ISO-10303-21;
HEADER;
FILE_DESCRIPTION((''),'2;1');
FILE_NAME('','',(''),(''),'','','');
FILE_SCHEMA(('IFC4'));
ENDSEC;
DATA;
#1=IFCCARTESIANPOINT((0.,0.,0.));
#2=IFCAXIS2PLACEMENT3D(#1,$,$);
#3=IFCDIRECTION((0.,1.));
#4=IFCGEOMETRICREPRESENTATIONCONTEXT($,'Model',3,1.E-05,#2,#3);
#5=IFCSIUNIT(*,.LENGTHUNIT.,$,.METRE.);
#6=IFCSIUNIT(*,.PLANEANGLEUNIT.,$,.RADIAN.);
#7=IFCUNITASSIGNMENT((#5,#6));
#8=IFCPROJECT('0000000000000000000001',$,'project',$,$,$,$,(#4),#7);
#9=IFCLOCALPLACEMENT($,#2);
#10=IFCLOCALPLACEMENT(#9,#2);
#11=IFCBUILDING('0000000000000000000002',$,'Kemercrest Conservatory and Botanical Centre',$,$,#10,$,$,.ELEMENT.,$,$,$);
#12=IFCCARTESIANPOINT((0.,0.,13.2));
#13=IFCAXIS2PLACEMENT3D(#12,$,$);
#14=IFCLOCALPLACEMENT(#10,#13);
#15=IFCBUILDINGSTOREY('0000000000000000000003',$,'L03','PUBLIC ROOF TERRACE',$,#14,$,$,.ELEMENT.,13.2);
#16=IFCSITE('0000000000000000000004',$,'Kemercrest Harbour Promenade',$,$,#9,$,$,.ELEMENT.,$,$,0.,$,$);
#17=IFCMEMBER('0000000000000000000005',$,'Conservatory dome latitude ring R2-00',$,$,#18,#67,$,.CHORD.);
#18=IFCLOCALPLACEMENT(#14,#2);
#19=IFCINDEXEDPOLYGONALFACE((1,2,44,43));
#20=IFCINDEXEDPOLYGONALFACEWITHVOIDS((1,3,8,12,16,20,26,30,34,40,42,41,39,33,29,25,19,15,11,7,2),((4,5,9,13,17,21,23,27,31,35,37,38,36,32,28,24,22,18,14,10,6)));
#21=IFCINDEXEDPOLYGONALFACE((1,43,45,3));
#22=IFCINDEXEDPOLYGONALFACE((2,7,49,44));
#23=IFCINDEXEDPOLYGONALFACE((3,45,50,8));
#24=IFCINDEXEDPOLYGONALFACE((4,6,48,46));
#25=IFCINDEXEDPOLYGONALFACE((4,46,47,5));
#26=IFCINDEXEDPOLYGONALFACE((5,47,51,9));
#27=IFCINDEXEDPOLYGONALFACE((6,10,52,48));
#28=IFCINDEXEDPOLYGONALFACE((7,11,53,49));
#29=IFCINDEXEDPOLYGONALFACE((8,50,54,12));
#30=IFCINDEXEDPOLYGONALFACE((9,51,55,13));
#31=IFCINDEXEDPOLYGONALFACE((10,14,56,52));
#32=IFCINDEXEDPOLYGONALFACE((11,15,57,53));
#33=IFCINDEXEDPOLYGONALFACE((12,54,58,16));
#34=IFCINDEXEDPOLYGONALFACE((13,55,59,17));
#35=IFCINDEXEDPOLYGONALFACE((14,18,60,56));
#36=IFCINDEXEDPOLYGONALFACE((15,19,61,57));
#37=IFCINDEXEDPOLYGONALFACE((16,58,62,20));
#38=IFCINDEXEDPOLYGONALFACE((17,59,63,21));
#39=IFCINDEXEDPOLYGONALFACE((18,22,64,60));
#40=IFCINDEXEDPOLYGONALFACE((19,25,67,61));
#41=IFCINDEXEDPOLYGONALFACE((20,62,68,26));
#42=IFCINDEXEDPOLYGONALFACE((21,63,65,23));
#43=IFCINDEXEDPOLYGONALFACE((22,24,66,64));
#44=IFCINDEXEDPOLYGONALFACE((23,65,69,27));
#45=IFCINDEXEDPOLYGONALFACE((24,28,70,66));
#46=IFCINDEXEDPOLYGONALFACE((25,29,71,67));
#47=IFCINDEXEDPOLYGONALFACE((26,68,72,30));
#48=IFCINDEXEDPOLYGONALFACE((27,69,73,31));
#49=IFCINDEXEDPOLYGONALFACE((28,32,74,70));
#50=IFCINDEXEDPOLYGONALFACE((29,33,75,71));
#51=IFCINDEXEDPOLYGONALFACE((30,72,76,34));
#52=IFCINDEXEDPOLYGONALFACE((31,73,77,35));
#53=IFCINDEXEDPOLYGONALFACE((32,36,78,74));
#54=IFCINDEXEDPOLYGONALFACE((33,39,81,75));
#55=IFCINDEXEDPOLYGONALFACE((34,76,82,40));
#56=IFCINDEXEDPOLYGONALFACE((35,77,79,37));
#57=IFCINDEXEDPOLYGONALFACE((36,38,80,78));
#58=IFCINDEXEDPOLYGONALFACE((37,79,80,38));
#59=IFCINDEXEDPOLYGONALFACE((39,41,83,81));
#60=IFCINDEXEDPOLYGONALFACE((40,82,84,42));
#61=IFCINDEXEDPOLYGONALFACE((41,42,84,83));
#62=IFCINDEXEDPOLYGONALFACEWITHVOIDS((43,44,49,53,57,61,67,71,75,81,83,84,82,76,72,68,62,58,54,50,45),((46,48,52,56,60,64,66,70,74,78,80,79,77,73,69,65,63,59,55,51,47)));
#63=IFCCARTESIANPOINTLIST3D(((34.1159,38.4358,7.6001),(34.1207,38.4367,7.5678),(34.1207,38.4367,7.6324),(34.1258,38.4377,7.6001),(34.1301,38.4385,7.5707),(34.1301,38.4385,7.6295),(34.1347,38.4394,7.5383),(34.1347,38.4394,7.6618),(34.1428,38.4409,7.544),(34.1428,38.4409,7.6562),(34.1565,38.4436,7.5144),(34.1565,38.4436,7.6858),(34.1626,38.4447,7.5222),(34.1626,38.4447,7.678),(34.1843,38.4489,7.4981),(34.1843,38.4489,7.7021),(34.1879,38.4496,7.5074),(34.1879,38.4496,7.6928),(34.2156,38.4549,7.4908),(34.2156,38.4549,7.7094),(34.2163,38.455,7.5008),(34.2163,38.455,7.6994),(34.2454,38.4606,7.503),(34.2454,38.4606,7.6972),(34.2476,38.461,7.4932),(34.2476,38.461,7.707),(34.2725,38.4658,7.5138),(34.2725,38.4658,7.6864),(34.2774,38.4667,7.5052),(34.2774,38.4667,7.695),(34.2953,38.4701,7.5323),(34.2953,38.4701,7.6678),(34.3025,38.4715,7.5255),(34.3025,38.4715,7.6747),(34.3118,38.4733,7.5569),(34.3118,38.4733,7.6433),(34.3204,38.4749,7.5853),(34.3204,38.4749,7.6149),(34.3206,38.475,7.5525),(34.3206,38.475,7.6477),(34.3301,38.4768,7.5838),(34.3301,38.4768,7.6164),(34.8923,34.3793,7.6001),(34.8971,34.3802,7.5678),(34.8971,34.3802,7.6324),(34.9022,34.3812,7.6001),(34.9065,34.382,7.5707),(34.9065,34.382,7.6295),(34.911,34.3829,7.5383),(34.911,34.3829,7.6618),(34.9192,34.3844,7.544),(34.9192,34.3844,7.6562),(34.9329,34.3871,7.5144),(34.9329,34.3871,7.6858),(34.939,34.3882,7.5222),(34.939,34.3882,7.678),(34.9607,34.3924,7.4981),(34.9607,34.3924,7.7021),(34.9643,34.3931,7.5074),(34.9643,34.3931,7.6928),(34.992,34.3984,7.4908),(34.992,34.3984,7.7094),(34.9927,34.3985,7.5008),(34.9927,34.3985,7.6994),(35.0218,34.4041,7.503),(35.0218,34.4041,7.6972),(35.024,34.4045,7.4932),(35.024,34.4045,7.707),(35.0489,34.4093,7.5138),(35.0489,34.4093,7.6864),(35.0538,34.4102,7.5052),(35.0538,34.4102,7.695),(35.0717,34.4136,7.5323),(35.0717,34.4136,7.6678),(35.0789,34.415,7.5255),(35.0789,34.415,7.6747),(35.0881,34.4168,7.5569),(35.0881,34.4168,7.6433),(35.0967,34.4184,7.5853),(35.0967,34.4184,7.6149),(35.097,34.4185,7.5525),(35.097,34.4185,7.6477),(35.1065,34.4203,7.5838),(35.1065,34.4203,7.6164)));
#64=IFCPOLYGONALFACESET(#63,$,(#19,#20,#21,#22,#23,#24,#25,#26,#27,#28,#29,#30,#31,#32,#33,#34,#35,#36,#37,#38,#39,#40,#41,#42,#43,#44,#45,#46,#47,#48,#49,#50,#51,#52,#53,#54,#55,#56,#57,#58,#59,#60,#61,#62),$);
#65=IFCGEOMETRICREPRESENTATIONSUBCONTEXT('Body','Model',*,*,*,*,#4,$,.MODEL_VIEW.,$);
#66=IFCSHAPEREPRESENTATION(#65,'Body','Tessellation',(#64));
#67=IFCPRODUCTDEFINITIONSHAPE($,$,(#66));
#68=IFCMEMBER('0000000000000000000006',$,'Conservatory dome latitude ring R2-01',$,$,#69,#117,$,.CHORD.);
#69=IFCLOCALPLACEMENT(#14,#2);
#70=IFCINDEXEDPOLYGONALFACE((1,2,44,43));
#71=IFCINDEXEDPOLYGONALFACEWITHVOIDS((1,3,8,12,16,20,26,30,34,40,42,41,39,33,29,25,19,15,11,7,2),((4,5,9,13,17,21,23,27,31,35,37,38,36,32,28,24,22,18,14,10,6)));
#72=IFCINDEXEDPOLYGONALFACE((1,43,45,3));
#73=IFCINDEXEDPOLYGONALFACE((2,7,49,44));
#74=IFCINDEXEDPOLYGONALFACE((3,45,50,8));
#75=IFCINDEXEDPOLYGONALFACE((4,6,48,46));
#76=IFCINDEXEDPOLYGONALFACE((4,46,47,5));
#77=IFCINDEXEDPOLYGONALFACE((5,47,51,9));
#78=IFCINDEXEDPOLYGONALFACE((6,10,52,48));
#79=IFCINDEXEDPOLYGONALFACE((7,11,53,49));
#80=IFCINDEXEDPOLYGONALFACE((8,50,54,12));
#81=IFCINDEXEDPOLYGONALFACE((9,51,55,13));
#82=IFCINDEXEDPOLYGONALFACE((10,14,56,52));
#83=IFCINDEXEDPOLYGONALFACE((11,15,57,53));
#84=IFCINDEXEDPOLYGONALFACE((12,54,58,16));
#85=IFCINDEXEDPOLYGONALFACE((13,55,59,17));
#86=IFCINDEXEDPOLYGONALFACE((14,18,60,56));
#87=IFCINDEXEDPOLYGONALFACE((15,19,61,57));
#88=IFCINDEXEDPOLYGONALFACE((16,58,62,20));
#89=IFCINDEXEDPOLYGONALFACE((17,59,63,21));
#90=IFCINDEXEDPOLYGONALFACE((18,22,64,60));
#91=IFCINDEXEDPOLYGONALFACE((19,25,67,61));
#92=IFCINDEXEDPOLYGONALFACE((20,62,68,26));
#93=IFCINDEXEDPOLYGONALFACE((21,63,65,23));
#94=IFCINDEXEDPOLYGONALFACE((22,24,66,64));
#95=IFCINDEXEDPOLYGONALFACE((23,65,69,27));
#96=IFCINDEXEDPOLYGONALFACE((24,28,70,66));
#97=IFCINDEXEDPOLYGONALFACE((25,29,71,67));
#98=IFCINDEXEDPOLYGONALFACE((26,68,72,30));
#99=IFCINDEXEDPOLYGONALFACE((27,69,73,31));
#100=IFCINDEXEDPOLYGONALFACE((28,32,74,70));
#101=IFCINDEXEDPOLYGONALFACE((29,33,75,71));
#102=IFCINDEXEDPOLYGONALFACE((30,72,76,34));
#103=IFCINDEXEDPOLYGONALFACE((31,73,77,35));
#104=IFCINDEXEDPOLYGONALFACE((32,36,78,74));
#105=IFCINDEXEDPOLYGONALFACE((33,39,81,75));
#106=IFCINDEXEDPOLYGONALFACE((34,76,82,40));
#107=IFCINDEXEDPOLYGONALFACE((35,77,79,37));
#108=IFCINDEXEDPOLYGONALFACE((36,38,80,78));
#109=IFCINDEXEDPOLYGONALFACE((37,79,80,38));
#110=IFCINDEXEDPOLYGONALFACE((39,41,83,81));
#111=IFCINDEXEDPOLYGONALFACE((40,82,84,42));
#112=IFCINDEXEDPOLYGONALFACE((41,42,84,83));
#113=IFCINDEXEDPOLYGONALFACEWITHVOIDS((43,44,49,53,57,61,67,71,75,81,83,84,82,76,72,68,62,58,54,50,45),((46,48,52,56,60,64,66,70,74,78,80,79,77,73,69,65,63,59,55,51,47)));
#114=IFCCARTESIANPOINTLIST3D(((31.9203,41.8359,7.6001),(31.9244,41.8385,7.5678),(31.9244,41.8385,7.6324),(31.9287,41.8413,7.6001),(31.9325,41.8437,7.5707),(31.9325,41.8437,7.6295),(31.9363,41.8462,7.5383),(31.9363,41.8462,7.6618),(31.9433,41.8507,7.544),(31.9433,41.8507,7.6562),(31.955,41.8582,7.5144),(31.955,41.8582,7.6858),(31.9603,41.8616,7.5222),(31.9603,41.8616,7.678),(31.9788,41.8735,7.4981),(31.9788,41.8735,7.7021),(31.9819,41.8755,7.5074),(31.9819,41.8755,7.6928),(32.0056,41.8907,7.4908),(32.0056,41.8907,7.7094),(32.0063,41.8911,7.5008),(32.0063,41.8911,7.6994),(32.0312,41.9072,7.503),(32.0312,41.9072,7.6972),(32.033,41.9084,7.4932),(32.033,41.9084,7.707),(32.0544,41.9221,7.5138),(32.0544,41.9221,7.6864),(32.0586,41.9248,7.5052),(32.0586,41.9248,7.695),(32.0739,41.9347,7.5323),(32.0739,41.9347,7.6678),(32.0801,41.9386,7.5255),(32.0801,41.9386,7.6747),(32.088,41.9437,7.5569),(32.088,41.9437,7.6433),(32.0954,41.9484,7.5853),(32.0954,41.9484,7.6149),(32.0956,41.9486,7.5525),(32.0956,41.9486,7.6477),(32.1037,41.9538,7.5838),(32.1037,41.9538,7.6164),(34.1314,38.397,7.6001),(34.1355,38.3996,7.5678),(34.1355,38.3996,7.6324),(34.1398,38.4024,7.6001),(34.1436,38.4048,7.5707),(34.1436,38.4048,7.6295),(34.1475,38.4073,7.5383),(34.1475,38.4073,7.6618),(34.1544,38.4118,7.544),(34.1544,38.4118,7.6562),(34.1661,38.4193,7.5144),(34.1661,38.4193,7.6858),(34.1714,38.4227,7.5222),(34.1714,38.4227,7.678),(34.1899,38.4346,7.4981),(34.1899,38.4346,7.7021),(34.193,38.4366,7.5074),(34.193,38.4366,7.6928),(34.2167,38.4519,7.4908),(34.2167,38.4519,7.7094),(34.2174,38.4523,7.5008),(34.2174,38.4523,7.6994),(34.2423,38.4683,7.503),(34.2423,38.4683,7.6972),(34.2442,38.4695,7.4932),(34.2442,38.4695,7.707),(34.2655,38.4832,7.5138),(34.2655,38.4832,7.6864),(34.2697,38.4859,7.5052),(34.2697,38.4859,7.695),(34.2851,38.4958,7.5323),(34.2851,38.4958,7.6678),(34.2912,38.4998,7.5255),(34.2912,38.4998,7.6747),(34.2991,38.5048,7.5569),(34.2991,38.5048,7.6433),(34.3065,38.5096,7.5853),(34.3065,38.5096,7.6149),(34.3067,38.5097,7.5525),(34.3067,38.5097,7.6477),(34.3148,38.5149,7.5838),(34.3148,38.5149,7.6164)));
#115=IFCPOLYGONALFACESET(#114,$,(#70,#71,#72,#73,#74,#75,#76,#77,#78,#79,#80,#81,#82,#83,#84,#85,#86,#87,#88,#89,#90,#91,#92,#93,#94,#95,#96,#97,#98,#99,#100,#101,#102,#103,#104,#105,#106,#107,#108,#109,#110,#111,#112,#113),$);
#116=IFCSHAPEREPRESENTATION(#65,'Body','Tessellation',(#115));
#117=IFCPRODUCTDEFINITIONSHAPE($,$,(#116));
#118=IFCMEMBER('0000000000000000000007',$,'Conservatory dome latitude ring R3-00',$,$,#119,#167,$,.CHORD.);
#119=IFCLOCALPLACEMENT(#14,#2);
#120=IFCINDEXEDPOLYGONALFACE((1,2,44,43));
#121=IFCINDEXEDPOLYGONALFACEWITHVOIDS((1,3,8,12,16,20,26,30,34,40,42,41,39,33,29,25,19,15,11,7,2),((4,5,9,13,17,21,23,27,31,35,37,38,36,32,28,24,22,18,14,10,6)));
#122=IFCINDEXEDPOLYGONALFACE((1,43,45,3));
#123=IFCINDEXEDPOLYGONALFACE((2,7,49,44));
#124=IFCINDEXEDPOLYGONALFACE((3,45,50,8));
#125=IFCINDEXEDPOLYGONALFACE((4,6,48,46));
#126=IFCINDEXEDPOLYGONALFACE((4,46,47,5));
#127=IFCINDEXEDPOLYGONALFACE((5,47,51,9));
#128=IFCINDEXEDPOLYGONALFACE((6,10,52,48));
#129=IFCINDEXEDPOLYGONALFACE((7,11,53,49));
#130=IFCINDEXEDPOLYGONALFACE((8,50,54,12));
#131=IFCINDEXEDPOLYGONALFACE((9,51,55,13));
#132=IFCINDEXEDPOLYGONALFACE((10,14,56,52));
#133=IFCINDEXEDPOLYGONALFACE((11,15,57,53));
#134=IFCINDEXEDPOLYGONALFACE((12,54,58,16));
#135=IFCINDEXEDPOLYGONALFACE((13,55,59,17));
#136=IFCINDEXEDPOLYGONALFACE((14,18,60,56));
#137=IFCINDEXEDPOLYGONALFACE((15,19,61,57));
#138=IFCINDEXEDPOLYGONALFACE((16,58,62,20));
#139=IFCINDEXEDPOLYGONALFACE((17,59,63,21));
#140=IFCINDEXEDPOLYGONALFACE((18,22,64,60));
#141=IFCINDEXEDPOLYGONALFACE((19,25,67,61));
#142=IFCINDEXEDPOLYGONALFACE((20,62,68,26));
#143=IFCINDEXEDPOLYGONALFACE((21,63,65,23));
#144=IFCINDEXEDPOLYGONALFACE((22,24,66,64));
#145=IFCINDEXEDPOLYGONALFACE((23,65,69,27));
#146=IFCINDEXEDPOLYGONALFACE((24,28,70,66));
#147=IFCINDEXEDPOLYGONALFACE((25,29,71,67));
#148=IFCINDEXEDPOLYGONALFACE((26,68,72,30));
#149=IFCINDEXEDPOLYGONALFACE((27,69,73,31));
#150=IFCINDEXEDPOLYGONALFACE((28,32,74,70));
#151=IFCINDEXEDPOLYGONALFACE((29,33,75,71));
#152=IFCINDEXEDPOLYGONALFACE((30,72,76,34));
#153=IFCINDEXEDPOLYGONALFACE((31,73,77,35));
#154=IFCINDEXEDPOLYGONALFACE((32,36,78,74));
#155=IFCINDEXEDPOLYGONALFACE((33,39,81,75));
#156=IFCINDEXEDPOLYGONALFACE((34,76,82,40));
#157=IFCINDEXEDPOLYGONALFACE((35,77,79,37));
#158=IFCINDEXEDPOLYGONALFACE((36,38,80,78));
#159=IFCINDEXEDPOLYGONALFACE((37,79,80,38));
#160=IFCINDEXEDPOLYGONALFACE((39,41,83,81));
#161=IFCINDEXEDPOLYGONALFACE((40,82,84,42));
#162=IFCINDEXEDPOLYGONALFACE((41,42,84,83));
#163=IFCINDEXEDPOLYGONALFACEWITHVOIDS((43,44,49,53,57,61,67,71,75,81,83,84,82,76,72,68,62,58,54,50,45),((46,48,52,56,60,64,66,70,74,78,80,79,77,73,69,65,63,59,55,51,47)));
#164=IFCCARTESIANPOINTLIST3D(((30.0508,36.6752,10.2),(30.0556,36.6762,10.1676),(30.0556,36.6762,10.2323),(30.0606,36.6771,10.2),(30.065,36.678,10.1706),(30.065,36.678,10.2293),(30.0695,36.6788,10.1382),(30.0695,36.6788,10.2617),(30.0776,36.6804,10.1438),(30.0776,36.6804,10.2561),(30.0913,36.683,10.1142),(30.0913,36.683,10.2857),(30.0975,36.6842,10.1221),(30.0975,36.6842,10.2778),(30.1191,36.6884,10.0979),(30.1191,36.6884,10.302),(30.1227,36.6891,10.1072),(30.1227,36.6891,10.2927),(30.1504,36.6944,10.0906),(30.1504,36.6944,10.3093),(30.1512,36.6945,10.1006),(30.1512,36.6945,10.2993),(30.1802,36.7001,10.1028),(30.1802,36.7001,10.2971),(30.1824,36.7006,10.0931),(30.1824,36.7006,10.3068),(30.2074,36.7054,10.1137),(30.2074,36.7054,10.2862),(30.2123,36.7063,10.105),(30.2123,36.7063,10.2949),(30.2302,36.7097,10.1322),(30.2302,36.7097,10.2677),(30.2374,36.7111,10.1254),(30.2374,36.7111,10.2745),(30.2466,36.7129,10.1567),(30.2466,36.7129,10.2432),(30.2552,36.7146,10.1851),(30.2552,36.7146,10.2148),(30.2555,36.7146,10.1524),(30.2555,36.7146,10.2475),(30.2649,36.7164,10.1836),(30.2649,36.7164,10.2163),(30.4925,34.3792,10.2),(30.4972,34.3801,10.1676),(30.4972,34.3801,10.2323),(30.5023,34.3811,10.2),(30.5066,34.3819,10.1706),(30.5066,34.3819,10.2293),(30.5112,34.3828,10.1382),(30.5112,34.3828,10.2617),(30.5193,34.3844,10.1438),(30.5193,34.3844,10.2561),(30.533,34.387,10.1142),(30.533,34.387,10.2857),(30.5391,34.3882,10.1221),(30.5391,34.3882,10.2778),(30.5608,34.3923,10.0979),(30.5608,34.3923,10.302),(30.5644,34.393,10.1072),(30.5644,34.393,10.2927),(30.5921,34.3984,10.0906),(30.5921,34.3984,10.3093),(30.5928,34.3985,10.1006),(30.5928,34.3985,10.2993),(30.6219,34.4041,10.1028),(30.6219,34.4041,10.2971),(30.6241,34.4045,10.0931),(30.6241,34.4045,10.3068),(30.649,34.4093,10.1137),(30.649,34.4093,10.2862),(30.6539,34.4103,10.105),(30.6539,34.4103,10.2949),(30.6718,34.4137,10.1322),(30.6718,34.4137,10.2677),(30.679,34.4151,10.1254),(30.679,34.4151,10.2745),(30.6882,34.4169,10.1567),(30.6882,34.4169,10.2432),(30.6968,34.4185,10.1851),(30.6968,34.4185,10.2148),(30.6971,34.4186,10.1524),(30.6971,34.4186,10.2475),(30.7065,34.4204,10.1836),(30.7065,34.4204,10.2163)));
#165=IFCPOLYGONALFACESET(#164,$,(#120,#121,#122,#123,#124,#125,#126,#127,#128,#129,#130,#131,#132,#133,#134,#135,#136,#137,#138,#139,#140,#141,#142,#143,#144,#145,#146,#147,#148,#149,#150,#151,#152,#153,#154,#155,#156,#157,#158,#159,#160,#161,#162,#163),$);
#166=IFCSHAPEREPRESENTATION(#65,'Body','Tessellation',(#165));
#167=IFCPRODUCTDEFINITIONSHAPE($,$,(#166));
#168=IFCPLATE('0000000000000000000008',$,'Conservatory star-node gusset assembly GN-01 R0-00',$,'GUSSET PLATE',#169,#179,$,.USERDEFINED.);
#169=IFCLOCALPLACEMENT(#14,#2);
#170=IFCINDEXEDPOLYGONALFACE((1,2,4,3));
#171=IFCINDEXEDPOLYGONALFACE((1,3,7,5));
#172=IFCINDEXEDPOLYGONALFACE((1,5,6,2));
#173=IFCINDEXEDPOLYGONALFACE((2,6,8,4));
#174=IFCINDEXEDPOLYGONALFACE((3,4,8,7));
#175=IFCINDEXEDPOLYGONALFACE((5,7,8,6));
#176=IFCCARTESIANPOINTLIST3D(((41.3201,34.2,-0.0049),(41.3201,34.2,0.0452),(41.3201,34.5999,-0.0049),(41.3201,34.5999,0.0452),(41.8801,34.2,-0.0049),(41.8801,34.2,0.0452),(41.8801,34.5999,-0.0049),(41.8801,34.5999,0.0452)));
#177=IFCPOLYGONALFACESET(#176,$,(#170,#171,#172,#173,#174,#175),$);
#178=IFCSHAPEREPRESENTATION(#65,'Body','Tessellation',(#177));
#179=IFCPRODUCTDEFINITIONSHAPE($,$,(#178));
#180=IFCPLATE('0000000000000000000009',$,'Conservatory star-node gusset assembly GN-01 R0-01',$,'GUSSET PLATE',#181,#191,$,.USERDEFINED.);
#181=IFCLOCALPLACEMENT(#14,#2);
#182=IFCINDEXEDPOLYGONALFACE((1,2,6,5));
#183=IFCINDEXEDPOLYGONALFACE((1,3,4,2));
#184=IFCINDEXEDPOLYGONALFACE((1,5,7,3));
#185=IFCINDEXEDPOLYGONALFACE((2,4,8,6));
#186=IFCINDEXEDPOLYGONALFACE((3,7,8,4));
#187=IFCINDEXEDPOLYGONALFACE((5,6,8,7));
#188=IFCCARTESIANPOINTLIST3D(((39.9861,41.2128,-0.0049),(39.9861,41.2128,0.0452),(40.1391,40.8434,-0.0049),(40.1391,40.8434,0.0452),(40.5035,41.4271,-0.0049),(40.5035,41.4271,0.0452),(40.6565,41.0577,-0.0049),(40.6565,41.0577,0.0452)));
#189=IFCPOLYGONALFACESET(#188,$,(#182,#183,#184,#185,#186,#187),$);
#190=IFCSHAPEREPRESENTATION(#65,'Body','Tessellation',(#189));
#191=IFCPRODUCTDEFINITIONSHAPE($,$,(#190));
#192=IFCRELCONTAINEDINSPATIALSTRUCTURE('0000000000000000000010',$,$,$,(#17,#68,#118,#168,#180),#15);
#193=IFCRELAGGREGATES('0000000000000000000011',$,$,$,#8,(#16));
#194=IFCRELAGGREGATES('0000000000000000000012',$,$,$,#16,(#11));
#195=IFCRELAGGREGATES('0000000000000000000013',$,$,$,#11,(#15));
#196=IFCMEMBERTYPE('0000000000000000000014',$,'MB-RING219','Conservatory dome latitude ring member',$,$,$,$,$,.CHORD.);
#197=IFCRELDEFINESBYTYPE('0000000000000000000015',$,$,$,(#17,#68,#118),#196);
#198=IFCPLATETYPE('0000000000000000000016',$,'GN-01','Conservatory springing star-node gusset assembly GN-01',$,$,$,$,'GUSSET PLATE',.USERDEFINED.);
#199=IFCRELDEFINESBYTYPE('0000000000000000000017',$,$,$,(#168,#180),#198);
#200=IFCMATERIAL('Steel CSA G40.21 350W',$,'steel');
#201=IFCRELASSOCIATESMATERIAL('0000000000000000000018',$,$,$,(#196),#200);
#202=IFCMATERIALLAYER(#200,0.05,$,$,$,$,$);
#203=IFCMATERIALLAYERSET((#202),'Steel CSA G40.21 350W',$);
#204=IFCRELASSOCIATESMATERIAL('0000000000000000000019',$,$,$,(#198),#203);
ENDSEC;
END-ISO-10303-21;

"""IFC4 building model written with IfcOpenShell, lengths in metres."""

from ifc_helpers import new_model, si_unit, direction, frame, origin, origin_2d, place, context, subcontext, project, spatial, rectangle, hollow_circle, extrude, material, layer, layer_set, material_profile, profile_set, type_object, element, save


model = new_model("IFC4")

# Units and contexts
model_context = context("Model", 3, precision=1e-05, world=origin(), true_north=direction((0.0, 1.0)))
body_context = subcontext(model_context, "Body", "Model", "MODEL_VIEW")
ifc_project = project(units=[si_unit("LENGTHUNIT", "METRE"), si_unit("PLANEANGLEUNIT", "RADIAN")], contexts=[model_context])

# Site, building, storey
site_placement = place(None, origin())
site = spatial("IfcSite", under=ifc_project, at=site_placement, Name="Kemercrest Harbour Promenade", CompositionType="ELEMENT", RefElevation=0.0)
building_placement = place(site_placement, origin())
building = spatial("IfcBuilding", under=site, at=building_placement, Name="Kemercrest Conservatory and Botanical Centre", CompositionType="ELEMENT")
storey_placement = place(building_placement, frame((0.0, 0.0, 13.2)))
storey = spatial("IfcBuildingStorey", under=building, at=storey_placement, Name="L03", Description="PUBLIC ROOF TERRACE", CompositionType="ELEMENT", Elevation=13.2)

# Shared definitions
ifc_material_1 = material(Name="Steel CSA G40.21 350W", Category="steel")

# Members
ifc_material_profile_1 = material_profile(ifc_material_1, hollow_circle(Radius=0.1096, WallThickness=0.01, at=origin_2d()), Name="CHS 219.1x10.0")
ifc_profile_set_1 = profile_set([ifc_material_profile_1], Name="Steel CSA G40.21 350W")
member_type_1 = type_object("IfcMemberType", Name="MB-RING219", Description="Conservatory dome latitude ring member", PredefinedType="CHORD", material=ifc_profile_set_1)
member_1_placement = place(storey_placement, frame((35.0, 34.3999, 7.6001), z_axis=(-0.187981, 0.982173, 0.0), x_axis=(-0.982173, -0.187981, 0.0)))
element("IfcMember", 1, at=member_1_placement, inside=storey, type_object=member_type_1, Name="Conservatory dome latitude ring R2-00", PredefinedType="CHORD", context=body_context, shape_type="SweptSolid", body=[
    extrude(hollow_circle(Radius=0.1096, WallThickness=0.01, at=origin_2d()), origin(), (0.0, 0.0, 1.0), 4.1301),
])
member_2_placement = place(storey_placement, frame((34.2236, 38.4563, 7.6001), z_axis=(-0.54083, 0.841132, 0.0), x_axis=(-0.841132, -0.54083, 0.0)))
element("IfcMember", 2, at=member_2_placement, inside=storey, type_object=member_type_1, Name="Conservatory dome latitude ring R2-01", PredefinedType="CHORD", context=body_context, shape_type="SweptSolid", body=[
    extrude(hollow_circle(Radius=0.1096, WallThickness=0.01, at=origin_2d()), origin(), (0.0, 0.0, 1.0), 4.0884),
])
member_3_placement = place(storey_placement, frame((30.6001, 34.3999, 10.2), z_axis=(-0.188882, 0.982, 0.0), x_axis=(-0.982, -0.188882, 0.0)))
element("IfcMember", 3, at=member_3_placement, inside=storey, type_object=member_type_1, Name="Conservatory dome latitude ring R3-00", PredefinedType="CHORD", context=body_context, shape_type="SweptSolid", body=[
    extrude(hollow_circle(Radius=0.1096, WallThickness=0.01, at=origin_2d()), origin(), (0.0, 0.0, 1.0), 2.3381),
])

# Plates
ifc_layer_1 = layer(ifc_material_1, 0.05)
ifc_layer_set_1 = layer_set([ifc_layer_1], Name="Steel CSA G40.21 350W")
plate_type_1 = type_object("IfcPlateType", Name="GN-01", Description="Conservatory springing star-node gusset assembly GN-01", ElementType="GUSSET PLATE", PredefinedType="USERDEFINED", material=ifc_layer_set_1)
for number, where, z_axis, x_axis, name in (
    (4, (41.6001, 34.3999, -0.0049), (0.0, 0.0, 1.0), (1.0, 0.0, 0.0), "Conservatory star-node gusset assembly GN-01 R0-00"),
    (5, (40.3213, 41.1353, -0.0049), (0.0, 0.0, 1.0), (0.92388, 0.382683, 0.0), "Conservatory star-node gusset assembly GN-01 R0-01"),
):
    element("IfcPlate", number, at=place(storey_placement, frame(where, z_axis=z_axis, x_axis=x_axis)), inside=storey, type_object=plate_type_1, Name=name, ObjectType="GUSSET PLATE", PredefinedType="USERDEFINED", context=body_context, shape_type="SweptSolid", body=[
        extrude(rectangle(XDim=0.5601, YDim=0.3999, at=origin_2d()), origin(), (0.0, 0.0, 1.0), 0.05),
    ])

save(model, "model.ifc")
